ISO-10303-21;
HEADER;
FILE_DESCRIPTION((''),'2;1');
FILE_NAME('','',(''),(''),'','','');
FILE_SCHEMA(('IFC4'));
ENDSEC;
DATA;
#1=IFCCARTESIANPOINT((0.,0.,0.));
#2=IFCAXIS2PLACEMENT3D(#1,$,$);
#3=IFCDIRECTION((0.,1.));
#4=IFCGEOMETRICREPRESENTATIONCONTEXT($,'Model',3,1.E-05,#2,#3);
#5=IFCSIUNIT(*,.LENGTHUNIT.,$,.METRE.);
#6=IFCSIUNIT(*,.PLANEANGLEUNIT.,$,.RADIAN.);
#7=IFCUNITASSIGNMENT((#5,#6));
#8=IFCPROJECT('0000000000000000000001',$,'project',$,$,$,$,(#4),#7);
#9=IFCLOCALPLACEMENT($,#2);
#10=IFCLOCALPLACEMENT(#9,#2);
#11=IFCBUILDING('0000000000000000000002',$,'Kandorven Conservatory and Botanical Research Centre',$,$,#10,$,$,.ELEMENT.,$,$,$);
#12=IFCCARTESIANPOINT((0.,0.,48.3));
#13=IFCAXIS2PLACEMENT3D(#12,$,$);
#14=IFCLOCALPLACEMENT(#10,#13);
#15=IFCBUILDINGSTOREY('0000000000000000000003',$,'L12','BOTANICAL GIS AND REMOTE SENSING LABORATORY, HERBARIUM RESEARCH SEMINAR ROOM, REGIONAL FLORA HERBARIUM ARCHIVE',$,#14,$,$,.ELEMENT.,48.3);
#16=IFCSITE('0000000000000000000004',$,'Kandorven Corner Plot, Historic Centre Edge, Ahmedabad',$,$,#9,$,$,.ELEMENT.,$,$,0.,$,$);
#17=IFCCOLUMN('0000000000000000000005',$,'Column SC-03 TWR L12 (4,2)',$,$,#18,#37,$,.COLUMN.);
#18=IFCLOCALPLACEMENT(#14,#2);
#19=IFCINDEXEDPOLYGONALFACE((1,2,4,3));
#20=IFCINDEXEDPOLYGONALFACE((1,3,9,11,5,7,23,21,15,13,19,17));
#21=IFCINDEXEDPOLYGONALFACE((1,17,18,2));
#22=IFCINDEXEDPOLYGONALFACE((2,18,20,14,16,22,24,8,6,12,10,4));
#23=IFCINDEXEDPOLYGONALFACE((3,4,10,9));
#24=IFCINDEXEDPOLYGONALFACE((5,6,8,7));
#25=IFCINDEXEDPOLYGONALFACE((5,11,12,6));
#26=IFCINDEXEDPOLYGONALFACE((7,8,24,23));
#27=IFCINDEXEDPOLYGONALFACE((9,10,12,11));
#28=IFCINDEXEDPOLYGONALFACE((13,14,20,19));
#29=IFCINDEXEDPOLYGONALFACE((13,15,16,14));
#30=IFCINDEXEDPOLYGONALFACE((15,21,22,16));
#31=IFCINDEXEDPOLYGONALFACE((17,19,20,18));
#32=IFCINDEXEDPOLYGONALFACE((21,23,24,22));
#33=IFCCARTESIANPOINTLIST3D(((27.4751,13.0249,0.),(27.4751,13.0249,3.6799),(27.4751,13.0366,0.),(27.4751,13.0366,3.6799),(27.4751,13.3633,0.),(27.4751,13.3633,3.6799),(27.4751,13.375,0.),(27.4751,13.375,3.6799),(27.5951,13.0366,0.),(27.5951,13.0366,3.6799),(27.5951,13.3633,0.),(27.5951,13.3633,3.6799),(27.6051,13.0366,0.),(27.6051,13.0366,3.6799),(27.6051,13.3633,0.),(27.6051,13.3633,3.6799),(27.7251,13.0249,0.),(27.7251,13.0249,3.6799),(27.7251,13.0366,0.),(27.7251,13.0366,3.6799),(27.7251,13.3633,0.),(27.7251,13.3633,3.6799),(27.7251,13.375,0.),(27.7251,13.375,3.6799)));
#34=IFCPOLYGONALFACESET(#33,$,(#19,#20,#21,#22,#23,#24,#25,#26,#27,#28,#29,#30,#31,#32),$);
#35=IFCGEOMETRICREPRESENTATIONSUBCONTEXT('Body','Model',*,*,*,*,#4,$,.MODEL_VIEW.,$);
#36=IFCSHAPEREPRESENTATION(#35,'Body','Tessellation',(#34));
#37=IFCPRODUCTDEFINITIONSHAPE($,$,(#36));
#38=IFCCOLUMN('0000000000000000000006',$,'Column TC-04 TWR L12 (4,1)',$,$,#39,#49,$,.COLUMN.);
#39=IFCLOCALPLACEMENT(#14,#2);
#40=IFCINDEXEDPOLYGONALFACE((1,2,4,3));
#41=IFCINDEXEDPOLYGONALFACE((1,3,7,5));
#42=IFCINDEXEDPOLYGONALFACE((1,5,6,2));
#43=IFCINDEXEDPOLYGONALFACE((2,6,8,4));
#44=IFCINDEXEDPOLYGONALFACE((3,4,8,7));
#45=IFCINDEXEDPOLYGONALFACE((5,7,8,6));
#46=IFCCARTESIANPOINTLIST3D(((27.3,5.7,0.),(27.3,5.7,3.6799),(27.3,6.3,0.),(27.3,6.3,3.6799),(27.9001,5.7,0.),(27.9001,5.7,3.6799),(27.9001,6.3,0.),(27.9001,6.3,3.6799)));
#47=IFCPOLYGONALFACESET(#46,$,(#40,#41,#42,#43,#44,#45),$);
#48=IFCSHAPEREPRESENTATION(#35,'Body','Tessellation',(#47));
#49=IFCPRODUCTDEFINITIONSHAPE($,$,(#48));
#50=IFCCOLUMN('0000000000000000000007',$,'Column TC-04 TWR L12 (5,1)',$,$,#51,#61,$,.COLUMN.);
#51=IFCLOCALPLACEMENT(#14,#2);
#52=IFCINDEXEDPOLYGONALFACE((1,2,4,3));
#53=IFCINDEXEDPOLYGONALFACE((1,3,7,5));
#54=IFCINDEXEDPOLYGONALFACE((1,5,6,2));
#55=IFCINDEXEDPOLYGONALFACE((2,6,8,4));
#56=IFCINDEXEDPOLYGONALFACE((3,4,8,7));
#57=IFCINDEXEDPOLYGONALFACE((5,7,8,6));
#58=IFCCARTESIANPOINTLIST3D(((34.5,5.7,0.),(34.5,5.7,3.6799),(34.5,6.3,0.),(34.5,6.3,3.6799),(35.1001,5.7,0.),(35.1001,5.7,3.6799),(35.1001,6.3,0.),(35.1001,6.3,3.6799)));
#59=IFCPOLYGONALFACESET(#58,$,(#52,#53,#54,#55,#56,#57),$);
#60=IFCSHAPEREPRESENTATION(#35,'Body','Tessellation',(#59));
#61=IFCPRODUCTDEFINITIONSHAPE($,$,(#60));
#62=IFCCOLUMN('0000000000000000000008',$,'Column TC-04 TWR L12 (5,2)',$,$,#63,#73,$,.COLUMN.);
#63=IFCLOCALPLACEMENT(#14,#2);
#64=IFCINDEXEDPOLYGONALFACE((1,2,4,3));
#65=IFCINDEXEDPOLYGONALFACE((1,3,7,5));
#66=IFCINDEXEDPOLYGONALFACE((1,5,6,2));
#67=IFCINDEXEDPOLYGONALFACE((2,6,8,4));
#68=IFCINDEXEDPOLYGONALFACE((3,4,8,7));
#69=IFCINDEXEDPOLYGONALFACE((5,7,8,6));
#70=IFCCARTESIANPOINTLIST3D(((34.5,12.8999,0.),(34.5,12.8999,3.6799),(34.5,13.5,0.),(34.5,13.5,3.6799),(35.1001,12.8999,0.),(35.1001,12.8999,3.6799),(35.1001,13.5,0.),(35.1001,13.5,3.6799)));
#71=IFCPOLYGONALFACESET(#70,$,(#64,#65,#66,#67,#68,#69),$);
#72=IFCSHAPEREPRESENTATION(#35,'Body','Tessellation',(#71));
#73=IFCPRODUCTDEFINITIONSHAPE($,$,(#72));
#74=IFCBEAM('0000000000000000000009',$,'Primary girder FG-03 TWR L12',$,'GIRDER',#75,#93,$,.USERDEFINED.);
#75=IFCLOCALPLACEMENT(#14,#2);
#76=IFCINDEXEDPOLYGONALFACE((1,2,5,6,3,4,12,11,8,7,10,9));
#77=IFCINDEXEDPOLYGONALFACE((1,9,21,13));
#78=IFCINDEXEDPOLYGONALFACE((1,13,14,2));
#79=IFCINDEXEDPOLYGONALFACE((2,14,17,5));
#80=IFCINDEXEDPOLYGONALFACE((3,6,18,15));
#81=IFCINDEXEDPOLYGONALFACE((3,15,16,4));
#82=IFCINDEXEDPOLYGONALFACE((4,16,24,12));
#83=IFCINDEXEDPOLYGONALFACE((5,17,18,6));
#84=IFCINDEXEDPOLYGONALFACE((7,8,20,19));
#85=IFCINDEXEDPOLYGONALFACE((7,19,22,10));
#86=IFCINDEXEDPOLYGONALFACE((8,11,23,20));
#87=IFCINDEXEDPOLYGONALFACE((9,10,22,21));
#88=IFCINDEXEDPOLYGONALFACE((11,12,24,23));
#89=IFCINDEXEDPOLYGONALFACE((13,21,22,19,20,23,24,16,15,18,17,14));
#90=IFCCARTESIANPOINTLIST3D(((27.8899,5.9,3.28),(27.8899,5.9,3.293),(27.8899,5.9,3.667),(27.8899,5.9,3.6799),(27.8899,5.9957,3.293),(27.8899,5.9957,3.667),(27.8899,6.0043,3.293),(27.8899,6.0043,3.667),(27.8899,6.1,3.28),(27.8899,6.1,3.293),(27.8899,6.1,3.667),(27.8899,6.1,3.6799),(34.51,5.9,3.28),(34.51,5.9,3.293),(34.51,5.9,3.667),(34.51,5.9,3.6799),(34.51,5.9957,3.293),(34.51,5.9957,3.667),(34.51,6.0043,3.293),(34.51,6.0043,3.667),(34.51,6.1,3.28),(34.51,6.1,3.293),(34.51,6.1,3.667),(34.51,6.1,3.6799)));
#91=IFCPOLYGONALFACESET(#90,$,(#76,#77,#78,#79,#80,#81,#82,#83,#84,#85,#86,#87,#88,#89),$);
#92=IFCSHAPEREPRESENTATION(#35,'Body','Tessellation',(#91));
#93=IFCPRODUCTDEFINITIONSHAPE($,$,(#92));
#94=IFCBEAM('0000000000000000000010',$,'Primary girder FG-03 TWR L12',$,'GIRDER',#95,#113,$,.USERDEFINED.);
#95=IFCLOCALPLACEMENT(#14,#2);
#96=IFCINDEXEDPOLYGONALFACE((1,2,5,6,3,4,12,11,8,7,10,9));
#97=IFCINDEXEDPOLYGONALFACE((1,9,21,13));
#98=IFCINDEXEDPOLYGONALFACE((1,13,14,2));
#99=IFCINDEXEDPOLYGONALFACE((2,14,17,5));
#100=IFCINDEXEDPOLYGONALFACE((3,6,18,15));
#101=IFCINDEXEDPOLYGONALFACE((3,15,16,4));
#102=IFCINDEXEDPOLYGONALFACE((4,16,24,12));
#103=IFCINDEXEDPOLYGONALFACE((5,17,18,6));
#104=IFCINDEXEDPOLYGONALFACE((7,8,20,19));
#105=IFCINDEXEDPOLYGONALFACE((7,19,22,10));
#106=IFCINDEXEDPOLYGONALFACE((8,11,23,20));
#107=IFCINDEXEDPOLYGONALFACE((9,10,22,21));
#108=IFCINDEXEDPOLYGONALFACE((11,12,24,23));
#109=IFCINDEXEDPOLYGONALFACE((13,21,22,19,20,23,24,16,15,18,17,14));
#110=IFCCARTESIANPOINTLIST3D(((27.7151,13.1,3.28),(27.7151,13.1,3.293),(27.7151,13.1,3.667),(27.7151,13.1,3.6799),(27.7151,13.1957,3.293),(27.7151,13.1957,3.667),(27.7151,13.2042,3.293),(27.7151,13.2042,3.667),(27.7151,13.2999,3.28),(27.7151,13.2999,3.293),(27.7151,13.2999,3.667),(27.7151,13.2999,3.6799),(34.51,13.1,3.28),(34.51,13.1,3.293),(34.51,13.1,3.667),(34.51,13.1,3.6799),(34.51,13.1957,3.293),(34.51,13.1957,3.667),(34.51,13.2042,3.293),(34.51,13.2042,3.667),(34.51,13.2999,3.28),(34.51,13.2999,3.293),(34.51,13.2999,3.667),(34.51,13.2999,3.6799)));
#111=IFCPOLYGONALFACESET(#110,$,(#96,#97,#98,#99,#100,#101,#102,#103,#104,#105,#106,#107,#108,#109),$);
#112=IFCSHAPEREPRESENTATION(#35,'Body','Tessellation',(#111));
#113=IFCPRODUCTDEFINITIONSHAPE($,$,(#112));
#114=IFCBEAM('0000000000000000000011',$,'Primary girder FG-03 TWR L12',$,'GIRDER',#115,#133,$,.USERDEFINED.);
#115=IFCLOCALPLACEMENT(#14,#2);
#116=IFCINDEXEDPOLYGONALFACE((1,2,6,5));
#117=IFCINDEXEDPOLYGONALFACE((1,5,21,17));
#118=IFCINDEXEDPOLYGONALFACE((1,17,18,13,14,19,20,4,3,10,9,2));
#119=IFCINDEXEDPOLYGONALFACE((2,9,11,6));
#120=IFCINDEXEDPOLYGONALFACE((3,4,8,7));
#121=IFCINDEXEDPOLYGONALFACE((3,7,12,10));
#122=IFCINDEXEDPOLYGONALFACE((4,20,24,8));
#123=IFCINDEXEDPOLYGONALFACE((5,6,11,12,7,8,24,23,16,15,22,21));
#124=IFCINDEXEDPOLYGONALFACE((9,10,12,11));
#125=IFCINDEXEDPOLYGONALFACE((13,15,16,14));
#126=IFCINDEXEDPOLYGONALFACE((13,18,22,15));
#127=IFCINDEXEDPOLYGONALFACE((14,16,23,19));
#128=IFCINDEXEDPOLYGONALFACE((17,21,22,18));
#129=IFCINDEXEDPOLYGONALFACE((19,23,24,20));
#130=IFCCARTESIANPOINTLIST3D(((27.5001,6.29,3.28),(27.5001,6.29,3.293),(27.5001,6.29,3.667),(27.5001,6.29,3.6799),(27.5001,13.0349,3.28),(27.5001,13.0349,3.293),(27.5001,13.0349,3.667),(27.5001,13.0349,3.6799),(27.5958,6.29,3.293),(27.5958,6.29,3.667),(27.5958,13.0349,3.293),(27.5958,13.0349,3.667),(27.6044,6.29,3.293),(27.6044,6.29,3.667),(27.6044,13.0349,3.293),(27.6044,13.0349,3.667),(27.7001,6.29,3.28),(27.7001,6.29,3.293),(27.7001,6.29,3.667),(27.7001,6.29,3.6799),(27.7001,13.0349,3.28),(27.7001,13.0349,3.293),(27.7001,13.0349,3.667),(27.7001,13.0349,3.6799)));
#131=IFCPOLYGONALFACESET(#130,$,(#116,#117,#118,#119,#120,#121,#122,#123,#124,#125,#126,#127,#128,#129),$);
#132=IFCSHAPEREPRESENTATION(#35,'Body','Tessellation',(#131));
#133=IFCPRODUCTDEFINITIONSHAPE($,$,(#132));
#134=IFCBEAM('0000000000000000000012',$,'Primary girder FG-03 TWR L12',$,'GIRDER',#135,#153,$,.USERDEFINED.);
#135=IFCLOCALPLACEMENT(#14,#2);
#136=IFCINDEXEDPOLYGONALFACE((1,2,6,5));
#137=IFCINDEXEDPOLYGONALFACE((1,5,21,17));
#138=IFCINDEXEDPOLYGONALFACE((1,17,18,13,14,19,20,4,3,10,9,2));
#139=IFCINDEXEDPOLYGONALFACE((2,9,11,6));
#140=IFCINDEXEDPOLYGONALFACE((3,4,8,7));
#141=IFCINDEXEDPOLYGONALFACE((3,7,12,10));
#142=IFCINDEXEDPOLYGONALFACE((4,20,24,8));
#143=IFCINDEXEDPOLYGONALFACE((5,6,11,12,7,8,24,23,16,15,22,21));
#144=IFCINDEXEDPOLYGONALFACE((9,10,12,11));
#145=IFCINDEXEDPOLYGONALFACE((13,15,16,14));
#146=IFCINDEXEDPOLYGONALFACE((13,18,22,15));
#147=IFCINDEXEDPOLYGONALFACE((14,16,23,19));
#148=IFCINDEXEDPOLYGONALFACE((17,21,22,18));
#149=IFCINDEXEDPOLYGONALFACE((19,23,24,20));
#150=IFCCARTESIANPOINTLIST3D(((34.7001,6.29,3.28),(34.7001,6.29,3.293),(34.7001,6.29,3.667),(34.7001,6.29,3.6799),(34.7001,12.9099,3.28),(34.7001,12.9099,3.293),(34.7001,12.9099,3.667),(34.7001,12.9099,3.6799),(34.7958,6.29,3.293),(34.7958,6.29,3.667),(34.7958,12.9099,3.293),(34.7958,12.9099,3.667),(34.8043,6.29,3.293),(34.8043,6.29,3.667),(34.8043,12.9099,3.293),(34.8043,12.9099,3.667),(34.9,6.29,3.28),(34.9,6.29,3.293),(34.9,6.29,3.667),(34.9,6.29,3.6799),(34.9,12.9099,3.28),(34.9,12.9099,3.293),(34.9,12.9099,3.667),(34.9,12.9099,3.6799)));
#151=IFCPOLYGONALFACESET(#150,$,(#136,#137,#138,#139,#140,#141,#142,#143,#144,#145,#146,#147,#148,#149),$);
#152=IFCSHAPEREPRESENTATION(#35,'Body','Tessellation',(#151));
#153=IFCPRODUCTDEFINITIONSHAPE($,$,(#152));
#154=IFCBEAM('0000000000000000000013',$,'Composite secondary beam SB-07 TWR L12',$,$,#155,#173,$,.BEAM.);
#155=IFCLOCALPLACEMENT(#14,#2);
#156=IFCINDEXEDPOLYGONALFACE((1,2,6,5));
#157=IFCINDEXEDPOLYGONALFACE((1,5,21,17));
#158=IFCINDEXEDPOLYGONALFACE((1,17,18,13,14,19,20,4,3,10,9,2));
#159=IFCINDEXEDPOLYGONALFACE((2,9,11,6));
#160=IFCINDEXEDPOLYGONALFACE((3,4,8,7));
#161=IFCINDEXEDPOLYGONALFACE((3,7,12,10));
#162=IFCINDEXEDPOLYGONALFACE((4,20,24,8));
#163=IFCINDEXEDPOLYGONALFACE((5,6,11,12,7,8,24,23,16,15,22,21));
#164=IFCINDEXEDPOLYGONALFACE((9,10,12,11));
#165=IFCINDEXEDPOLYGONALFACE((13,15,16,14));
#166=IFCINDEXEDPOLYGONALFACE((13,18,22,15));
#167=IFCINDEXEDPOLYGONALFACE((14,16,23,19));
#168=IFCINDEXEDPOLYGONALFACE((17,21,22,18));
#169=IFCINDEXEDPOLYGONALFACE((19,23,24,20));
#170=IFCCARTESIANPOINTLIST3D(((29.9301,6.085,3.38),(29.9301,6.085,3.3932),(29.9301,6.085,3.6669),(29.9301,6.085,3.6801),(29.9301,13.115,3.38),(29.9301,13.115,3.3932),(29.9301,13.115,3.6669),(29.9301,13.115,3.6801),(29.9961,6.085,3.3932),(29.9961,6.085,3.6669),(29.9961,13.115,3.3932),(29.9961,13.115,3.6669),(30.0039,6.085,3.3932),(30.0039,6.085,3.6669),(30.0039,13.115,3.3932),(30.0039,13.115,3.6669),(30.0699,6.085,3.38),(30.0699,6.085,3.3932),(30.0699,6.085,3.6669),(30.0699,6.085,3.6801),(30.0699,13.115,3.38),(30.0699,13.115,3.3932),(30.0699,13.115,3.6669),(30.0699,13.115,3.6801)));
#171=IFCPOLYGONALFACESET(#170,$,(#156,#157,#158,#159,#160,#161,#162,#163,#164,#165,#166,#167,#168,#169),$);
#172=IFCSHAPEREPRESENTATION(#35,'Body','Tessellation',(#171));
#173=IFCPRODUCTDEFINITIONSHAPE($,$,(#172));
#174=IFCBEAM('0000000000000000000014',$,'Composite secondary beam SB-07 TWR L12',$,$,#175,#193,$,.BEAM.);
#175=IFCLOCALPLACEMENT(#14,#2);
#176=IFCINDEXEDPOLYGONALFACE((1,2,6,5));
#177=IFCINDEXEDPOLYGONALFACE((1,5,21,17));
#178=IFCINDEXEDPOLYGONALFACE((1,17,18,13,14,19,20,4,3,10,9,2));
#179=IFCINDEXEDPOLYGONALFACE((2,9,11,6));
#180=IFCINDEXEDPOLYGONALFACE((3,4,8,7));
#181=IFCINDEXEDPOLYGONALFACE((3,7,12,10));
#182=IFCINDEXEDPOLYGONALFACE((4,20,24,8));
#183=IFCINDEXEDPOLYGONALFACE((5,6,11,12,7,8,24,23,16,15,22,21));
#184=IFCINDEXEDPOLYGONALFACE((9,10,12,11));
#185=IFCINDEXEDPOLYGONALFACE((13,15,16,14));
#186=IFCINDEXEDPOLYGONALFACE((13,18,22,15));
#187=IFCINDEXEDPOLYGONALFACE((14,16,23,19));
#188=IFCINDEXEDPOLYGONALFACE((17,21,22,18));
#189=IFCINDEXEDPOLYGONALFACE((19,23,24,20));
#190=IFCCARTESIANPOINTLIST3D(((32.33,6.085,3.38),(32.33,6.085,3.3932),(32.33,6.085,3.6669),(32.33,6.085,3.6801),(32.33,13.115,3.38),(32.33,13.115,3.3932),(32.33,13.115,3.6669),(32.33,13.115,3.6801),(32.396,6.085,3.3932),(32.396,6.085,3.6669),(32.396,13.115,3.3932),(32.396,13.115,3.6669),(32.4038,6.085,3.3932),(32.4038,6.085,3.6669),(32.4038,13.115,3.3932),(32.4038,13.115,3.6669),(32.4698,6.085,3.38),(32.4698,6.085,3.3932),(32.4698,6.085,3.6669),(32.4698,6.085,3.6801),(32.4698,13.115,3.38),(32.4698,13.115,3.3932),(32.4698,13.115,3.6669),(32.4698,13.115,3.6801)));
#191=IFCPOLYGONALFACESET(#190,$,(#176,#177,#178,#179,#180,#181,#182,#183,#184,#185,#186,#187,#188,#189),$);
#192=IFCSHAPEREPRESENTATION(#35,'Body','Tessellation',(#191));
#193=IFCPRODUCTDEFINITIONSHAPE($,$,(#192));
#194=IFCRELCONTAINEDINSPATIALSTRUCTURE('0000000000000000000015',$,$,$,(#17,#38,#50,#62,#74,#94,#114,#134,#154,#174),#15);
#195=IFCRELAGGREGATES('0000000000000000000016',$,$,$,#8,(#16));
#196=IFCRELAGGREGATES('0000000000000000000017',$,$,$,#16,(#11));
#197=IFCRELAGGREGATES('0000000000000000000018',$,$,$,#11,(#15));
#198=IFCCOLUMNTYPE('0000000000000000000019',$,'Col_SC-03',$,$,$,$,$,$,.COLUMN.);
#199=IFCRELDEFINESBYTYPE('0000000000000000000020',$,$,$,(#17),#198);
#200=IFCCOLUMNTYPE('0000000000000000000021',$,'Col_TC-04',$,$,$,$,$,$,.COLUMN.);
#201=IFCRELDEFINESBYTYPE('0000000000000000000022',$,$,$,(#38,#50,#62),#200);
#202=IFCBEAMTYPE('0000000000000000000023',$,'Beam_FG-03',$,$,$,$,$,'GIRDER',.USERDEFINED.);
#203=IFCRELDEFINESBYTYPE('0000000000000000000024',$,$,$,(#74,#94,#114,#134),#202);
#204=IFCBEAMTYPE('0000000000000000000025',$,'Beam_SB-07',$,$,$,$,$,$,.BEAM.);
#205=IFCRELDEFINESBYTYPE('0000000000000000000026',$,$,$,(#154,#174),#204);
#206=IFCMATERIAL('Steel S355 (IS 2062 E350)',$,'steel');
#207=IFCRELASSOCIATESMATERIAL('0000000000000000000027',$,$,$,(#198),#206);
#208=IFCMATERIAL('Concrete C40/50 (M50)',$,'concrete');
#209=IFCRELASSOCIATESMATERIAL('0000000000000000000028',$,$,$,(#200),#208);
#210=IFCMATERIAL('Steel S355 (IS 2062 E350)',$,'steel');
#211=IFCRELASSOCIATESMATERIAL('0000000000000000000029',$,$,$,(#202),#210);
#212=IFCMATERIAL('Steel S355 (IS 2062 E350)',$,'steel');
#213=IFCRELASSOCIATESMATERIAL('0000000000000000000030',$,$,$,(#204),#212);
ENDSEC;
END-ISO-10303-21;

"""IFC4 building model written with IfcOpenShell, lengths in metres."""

from ifc_helpers import new_model, si_unit, direction, frame, origin, origin_2d, place, context, subcontext, project, spatial, rectangle, i_section, extrude, material, material_profile, profile_set, type_object, element, save


model = new_model("IFC4")

# Units and contexts
model_context = context("Model", 3, precision=1e-05, world=origin(), true_north=direction((0.0, 1.0)))
body_context = subcontext(model_context, "Body", "Model", "MODEL_VIEW")
ifc_project = project(units=[si_unit("LENGTHUNIT", "METRE"), si_unit("PLANEANGLEUNIT", "RADIAN")], contexts=[model_context])

# Site, building, storey
site_placement = place(None, origin())
site = spatial("IfcSite", under=ifc_project, at=site_placement, Name="Kandorven Corner Plot, Historic Centre Edge, Ahmedabad", CompositionType="ELEMENT", RefElevation=0.0)
building_placement = place(site_placement, origin())
building = spatial("IfcBuilding", under=site, at=building_placement, Name="Kandorven Conservatory and Botanical Research Centre", CompositionType="ELEMENT")
storey_placement = place(building_placement, frame((0.0, 0.0, 48.3)))
storey = spatial("IfcBuildingStorey", under=building, at=storey_placement, Name="L12", Description="BOTANICAL GIS AND REMOTE SENSING LABORATORY, HERBARIUM RESEARCH SEMINAR ROOM, REGIONAL FLORA HERBARIUM ARCHIVE", CompositionType="ELEMENT", Elevation=48.3)

# Columns
ifc_material_1 = material(Name="Steel S355 (IS 2062 E350)", Category="steel")
ifc_material_profile_1 = material_profile(ifc_material_1, i_section(OverallWidth=0.25, OverallDepth=0.3501, WebThickness=0.01, FlangeThickness=0.0117, at=origin_2d()))
ifc_profile_set_1 = profile_set([ifc_material_profile_1], Name="Steel S355 (IS 2062 E350)")
column_type_1 = type_object("IfcColumnType", Name="Col_SC-03", PredefinedType="COLUMN", material=ifc_profile_set_1)
column_placement = place(storey_placement, frame((27.6001, 13.2, 0.0), z_axis=(0.0, 0.0, 1.0), x_axis=(1.0, 0.0, 0.0)))
element("IfcColumn", 1, at=column_placement, inside=storey, type_object=column_type_1, Name="Column SC-03 TWR L12 (4,2)", PredefinedType="COLUMN", context=body_context, shape_type="SweptSolid", body=[
    extrude(i_section(OverallWidth=0.25, OverallDepth=0.3501, WebThickness=0.01, FlangeThickness=0.0117, at=origin_2d()), origin(), (0.0, 0.0, 1.0), 3.6799),
])
ifc_material_2 = material(Name="Concrete C40/50 (M50)", Category="concrete")
ifc_material_profile_2 = material_profile(ifc_material_2, rectangle(XDim=0.6001, YDim=0.6001, at=origin_2d()))
ifc_profile_set_2 = profile_set([ifc_material_profile_2], Name="Concrete C40/50 (M50)")
column_type_2 = type_object("IfcColumnType", Name="Col_TC-04", PredefinedType="COLUMN", material=ifc_profile_set_2)
for number, where, z_axis, x_axis, name in (
    (2, (27.6001, 6.0, 0.0), (0.0, 0.0, 1.0), (1.0, 0.0, 0.0), "Column TC-04 TWR L12 (4,1)"),
    (3, (34.8, 6.0, 0.0), (0.0, 0.0, 1.0), (1.0, 0.0, 0.0), "Column TC-04 TWR L12 (5,1)"),
    (4, (34.8, 13.2, 0.0), (0.0, 0.0, 1.0), (1.0, 0.0, 0.0), "Column TC-04 TWR L12 (5,2)"),
):
    element("IfcColumn", number, at=place(storey_placement, frame(where, z_axis=z_axis, x_axis=x_axis)), inside=storey, type_object=column_type_2, Name=name, PredefinedType="COLUMN", context=body_context, shape_type="SweptSolid", body=[
        extrude(rectangle(XDim=0.6001, YDim=0.6001, at=origin_2d()), origin(), (0.0, 0.0, 1.0), 3.6799),
    ])

# Beams
ifc_material_3 = material(Name="Steel S355 (IS 2062 E350)", Category="steel")
ifc_material_profile_3 = material_profile(ifc_material_3, i_section(OverallWidth=0.2, OverallDepth=0.3999, WebThickness=0.0085, FlangeThickness=0.0129, at=origin_2d()))
ifc_profile_set_3 = profile_set([ifc_material_profile_3], Name="Steel S355 (IS 2062 E350)")
beam_type_1 = type_object("IfcBeamType", Name="Beam_FG-03", ElementType="GIRDER", PredefinedType="USERDEFINED", material=ifc_profile_set_3)
beam_1_placement = place(storey_placement, frame((27.8899, 6.0, 3.48), z_axis=(1.0, 0.0, 0.0), x_axis=(0.0, 1.0, 0.0)))
element("IfcBeam", 5, at=beam_1_placement, inside=storey, type_object=beam_type_1, Name="Primary girder FG-03 TWR L12", ObjectType="GIRDER", PredefinedType="USERDEFINED", context=body_context, shape_type="SweptSolid", body=[
    extrude(i_section(OverallWidth=0.2, OverallDepth=0.3999, WebThickness=0.0085, FlangeThickness=0.0129, at=origin_2d()), origin(), (0.0, 0.0, 1.0), 6.6201),
])
beam_2_placement = place(storey_placement, frame((27.7151, 13.2, 3.48), z_axis=(1.0, 0.0, 0.0), x_axis=(0.0, 1.0, 0.0)))
element("IfcBeam", 6, at=beam_2_placement, inside=storey, type_object=beam_type_1, Name="Primary girder FG-03 TWR L12", ObjectType="GIRDER", PredefinedType="USERDEFINED", context=body_context, shape_type="SweptSolid", body=[
    extrude(i_section(OverallWidth=0.2, OverallDepth=0.3999, WebThickness=0.0085, FlangeThickness=0.0129, at=origin_2d()), origin(), (0.0, 0.0, 1.0), 6.7949),
])
beam_3_placement = place(storey_placement, frame((27.6001, 6.29, 3.48), z_axis=(0.0, 1.0, 0.0), x_axis=(-1.0, 0.0, 0.0)))
element("IfcBeam", 7, at=beam_3_placement, inside=storey, type_object=beam_type_1, Name="Primary girder FG-03 TWR L12", ObjectType="GIRDER", PredefinedType="USERDEFINED", context=body_context, shape_type="SweptSolid", body=[
    extrude(i_section(OverallWidth=0.2, OverallDepth=0.3999, WebThickness=0.0085, FlangeThickness=0.0129, at=origin_2d()), origin(), (0.0, 0.0, 1.0), 6.7449),
])
beam_4_placement = place(storey_placement, frame((34.8, 6.29, 3.48), z_axis=(0.0, 1.0, 0.0), x_axis=(-1.0, 0.0, 0.0)))
element("IfcBeam", 8, at=beam_4_placement, inside=storey, type_object=beam_type_1, Name="Primary girder FG-03 TWR L12", ObjectType="GIRDER", PredefinedType="USERDEFINED", context=body_context, shape_type="SweptSolid", body=[
    extrude(i_section(OverallWidth=0.2, OverallDepth=0.3999, WebThickness=0.0085, FlangeThickness=0.0129, at=origin_2d()), origin(), (0.0, 0.0, 1.0), 6.6199),
])
ifc_material_4 = material(Name="Steel S355 (IS 2062 E350)", Category="steel")
ifc_material_profile_4 = material_profile(ifc_material_4, i_section(OverallWidth=0.1399, OverallDepth=0.3, WebThickness=0.0078, FlangeThickness=0.0132, at=origin_2d()))
ifc_profile_set_4 = profile_set([ifc_material_profile_4], Name="Steel S355 (IS 2062 E350)")
beam_type_2 = type_object("IfcBeamType", Name="Beam_SB-07", PredefinedType="BEAM", material=ifc_profile_set_4)
for number, where, z_axis, x_axis, name in (
    (9, (30.0, 6.085, 3.53), (0.0, 1.0, 0.0), (-1.0, 0.0, 0.0), "Composite secondary beam SB-07 TWR L12"),
    (10, (32.3999, 6.085, 3.53), (0.0, 1.0, 0.0), (-1.0, 0.0, 0.0), "Composite secondary beam SB-07 TWR L12"),
):
    element("IfcBeam", number, at=place(storey_placement, frame(where, z_axis=z_axis, x_axis=x_axis)), inside=storey, type_object=beam_type_2, Name=name, PredefinedType="BEAM", context=body_context, shape_type="SweptSolid", body=[
        extrude(i_section(OverallWidth=0.1399, OverallDepth=0.3, WebThickness=0.0078, FlangeThickness=0.0132, at=origin_2d()), origin(), (0.0, 0.0, 1.0), 7.03),
    ])

save(model, "model.ifc")
